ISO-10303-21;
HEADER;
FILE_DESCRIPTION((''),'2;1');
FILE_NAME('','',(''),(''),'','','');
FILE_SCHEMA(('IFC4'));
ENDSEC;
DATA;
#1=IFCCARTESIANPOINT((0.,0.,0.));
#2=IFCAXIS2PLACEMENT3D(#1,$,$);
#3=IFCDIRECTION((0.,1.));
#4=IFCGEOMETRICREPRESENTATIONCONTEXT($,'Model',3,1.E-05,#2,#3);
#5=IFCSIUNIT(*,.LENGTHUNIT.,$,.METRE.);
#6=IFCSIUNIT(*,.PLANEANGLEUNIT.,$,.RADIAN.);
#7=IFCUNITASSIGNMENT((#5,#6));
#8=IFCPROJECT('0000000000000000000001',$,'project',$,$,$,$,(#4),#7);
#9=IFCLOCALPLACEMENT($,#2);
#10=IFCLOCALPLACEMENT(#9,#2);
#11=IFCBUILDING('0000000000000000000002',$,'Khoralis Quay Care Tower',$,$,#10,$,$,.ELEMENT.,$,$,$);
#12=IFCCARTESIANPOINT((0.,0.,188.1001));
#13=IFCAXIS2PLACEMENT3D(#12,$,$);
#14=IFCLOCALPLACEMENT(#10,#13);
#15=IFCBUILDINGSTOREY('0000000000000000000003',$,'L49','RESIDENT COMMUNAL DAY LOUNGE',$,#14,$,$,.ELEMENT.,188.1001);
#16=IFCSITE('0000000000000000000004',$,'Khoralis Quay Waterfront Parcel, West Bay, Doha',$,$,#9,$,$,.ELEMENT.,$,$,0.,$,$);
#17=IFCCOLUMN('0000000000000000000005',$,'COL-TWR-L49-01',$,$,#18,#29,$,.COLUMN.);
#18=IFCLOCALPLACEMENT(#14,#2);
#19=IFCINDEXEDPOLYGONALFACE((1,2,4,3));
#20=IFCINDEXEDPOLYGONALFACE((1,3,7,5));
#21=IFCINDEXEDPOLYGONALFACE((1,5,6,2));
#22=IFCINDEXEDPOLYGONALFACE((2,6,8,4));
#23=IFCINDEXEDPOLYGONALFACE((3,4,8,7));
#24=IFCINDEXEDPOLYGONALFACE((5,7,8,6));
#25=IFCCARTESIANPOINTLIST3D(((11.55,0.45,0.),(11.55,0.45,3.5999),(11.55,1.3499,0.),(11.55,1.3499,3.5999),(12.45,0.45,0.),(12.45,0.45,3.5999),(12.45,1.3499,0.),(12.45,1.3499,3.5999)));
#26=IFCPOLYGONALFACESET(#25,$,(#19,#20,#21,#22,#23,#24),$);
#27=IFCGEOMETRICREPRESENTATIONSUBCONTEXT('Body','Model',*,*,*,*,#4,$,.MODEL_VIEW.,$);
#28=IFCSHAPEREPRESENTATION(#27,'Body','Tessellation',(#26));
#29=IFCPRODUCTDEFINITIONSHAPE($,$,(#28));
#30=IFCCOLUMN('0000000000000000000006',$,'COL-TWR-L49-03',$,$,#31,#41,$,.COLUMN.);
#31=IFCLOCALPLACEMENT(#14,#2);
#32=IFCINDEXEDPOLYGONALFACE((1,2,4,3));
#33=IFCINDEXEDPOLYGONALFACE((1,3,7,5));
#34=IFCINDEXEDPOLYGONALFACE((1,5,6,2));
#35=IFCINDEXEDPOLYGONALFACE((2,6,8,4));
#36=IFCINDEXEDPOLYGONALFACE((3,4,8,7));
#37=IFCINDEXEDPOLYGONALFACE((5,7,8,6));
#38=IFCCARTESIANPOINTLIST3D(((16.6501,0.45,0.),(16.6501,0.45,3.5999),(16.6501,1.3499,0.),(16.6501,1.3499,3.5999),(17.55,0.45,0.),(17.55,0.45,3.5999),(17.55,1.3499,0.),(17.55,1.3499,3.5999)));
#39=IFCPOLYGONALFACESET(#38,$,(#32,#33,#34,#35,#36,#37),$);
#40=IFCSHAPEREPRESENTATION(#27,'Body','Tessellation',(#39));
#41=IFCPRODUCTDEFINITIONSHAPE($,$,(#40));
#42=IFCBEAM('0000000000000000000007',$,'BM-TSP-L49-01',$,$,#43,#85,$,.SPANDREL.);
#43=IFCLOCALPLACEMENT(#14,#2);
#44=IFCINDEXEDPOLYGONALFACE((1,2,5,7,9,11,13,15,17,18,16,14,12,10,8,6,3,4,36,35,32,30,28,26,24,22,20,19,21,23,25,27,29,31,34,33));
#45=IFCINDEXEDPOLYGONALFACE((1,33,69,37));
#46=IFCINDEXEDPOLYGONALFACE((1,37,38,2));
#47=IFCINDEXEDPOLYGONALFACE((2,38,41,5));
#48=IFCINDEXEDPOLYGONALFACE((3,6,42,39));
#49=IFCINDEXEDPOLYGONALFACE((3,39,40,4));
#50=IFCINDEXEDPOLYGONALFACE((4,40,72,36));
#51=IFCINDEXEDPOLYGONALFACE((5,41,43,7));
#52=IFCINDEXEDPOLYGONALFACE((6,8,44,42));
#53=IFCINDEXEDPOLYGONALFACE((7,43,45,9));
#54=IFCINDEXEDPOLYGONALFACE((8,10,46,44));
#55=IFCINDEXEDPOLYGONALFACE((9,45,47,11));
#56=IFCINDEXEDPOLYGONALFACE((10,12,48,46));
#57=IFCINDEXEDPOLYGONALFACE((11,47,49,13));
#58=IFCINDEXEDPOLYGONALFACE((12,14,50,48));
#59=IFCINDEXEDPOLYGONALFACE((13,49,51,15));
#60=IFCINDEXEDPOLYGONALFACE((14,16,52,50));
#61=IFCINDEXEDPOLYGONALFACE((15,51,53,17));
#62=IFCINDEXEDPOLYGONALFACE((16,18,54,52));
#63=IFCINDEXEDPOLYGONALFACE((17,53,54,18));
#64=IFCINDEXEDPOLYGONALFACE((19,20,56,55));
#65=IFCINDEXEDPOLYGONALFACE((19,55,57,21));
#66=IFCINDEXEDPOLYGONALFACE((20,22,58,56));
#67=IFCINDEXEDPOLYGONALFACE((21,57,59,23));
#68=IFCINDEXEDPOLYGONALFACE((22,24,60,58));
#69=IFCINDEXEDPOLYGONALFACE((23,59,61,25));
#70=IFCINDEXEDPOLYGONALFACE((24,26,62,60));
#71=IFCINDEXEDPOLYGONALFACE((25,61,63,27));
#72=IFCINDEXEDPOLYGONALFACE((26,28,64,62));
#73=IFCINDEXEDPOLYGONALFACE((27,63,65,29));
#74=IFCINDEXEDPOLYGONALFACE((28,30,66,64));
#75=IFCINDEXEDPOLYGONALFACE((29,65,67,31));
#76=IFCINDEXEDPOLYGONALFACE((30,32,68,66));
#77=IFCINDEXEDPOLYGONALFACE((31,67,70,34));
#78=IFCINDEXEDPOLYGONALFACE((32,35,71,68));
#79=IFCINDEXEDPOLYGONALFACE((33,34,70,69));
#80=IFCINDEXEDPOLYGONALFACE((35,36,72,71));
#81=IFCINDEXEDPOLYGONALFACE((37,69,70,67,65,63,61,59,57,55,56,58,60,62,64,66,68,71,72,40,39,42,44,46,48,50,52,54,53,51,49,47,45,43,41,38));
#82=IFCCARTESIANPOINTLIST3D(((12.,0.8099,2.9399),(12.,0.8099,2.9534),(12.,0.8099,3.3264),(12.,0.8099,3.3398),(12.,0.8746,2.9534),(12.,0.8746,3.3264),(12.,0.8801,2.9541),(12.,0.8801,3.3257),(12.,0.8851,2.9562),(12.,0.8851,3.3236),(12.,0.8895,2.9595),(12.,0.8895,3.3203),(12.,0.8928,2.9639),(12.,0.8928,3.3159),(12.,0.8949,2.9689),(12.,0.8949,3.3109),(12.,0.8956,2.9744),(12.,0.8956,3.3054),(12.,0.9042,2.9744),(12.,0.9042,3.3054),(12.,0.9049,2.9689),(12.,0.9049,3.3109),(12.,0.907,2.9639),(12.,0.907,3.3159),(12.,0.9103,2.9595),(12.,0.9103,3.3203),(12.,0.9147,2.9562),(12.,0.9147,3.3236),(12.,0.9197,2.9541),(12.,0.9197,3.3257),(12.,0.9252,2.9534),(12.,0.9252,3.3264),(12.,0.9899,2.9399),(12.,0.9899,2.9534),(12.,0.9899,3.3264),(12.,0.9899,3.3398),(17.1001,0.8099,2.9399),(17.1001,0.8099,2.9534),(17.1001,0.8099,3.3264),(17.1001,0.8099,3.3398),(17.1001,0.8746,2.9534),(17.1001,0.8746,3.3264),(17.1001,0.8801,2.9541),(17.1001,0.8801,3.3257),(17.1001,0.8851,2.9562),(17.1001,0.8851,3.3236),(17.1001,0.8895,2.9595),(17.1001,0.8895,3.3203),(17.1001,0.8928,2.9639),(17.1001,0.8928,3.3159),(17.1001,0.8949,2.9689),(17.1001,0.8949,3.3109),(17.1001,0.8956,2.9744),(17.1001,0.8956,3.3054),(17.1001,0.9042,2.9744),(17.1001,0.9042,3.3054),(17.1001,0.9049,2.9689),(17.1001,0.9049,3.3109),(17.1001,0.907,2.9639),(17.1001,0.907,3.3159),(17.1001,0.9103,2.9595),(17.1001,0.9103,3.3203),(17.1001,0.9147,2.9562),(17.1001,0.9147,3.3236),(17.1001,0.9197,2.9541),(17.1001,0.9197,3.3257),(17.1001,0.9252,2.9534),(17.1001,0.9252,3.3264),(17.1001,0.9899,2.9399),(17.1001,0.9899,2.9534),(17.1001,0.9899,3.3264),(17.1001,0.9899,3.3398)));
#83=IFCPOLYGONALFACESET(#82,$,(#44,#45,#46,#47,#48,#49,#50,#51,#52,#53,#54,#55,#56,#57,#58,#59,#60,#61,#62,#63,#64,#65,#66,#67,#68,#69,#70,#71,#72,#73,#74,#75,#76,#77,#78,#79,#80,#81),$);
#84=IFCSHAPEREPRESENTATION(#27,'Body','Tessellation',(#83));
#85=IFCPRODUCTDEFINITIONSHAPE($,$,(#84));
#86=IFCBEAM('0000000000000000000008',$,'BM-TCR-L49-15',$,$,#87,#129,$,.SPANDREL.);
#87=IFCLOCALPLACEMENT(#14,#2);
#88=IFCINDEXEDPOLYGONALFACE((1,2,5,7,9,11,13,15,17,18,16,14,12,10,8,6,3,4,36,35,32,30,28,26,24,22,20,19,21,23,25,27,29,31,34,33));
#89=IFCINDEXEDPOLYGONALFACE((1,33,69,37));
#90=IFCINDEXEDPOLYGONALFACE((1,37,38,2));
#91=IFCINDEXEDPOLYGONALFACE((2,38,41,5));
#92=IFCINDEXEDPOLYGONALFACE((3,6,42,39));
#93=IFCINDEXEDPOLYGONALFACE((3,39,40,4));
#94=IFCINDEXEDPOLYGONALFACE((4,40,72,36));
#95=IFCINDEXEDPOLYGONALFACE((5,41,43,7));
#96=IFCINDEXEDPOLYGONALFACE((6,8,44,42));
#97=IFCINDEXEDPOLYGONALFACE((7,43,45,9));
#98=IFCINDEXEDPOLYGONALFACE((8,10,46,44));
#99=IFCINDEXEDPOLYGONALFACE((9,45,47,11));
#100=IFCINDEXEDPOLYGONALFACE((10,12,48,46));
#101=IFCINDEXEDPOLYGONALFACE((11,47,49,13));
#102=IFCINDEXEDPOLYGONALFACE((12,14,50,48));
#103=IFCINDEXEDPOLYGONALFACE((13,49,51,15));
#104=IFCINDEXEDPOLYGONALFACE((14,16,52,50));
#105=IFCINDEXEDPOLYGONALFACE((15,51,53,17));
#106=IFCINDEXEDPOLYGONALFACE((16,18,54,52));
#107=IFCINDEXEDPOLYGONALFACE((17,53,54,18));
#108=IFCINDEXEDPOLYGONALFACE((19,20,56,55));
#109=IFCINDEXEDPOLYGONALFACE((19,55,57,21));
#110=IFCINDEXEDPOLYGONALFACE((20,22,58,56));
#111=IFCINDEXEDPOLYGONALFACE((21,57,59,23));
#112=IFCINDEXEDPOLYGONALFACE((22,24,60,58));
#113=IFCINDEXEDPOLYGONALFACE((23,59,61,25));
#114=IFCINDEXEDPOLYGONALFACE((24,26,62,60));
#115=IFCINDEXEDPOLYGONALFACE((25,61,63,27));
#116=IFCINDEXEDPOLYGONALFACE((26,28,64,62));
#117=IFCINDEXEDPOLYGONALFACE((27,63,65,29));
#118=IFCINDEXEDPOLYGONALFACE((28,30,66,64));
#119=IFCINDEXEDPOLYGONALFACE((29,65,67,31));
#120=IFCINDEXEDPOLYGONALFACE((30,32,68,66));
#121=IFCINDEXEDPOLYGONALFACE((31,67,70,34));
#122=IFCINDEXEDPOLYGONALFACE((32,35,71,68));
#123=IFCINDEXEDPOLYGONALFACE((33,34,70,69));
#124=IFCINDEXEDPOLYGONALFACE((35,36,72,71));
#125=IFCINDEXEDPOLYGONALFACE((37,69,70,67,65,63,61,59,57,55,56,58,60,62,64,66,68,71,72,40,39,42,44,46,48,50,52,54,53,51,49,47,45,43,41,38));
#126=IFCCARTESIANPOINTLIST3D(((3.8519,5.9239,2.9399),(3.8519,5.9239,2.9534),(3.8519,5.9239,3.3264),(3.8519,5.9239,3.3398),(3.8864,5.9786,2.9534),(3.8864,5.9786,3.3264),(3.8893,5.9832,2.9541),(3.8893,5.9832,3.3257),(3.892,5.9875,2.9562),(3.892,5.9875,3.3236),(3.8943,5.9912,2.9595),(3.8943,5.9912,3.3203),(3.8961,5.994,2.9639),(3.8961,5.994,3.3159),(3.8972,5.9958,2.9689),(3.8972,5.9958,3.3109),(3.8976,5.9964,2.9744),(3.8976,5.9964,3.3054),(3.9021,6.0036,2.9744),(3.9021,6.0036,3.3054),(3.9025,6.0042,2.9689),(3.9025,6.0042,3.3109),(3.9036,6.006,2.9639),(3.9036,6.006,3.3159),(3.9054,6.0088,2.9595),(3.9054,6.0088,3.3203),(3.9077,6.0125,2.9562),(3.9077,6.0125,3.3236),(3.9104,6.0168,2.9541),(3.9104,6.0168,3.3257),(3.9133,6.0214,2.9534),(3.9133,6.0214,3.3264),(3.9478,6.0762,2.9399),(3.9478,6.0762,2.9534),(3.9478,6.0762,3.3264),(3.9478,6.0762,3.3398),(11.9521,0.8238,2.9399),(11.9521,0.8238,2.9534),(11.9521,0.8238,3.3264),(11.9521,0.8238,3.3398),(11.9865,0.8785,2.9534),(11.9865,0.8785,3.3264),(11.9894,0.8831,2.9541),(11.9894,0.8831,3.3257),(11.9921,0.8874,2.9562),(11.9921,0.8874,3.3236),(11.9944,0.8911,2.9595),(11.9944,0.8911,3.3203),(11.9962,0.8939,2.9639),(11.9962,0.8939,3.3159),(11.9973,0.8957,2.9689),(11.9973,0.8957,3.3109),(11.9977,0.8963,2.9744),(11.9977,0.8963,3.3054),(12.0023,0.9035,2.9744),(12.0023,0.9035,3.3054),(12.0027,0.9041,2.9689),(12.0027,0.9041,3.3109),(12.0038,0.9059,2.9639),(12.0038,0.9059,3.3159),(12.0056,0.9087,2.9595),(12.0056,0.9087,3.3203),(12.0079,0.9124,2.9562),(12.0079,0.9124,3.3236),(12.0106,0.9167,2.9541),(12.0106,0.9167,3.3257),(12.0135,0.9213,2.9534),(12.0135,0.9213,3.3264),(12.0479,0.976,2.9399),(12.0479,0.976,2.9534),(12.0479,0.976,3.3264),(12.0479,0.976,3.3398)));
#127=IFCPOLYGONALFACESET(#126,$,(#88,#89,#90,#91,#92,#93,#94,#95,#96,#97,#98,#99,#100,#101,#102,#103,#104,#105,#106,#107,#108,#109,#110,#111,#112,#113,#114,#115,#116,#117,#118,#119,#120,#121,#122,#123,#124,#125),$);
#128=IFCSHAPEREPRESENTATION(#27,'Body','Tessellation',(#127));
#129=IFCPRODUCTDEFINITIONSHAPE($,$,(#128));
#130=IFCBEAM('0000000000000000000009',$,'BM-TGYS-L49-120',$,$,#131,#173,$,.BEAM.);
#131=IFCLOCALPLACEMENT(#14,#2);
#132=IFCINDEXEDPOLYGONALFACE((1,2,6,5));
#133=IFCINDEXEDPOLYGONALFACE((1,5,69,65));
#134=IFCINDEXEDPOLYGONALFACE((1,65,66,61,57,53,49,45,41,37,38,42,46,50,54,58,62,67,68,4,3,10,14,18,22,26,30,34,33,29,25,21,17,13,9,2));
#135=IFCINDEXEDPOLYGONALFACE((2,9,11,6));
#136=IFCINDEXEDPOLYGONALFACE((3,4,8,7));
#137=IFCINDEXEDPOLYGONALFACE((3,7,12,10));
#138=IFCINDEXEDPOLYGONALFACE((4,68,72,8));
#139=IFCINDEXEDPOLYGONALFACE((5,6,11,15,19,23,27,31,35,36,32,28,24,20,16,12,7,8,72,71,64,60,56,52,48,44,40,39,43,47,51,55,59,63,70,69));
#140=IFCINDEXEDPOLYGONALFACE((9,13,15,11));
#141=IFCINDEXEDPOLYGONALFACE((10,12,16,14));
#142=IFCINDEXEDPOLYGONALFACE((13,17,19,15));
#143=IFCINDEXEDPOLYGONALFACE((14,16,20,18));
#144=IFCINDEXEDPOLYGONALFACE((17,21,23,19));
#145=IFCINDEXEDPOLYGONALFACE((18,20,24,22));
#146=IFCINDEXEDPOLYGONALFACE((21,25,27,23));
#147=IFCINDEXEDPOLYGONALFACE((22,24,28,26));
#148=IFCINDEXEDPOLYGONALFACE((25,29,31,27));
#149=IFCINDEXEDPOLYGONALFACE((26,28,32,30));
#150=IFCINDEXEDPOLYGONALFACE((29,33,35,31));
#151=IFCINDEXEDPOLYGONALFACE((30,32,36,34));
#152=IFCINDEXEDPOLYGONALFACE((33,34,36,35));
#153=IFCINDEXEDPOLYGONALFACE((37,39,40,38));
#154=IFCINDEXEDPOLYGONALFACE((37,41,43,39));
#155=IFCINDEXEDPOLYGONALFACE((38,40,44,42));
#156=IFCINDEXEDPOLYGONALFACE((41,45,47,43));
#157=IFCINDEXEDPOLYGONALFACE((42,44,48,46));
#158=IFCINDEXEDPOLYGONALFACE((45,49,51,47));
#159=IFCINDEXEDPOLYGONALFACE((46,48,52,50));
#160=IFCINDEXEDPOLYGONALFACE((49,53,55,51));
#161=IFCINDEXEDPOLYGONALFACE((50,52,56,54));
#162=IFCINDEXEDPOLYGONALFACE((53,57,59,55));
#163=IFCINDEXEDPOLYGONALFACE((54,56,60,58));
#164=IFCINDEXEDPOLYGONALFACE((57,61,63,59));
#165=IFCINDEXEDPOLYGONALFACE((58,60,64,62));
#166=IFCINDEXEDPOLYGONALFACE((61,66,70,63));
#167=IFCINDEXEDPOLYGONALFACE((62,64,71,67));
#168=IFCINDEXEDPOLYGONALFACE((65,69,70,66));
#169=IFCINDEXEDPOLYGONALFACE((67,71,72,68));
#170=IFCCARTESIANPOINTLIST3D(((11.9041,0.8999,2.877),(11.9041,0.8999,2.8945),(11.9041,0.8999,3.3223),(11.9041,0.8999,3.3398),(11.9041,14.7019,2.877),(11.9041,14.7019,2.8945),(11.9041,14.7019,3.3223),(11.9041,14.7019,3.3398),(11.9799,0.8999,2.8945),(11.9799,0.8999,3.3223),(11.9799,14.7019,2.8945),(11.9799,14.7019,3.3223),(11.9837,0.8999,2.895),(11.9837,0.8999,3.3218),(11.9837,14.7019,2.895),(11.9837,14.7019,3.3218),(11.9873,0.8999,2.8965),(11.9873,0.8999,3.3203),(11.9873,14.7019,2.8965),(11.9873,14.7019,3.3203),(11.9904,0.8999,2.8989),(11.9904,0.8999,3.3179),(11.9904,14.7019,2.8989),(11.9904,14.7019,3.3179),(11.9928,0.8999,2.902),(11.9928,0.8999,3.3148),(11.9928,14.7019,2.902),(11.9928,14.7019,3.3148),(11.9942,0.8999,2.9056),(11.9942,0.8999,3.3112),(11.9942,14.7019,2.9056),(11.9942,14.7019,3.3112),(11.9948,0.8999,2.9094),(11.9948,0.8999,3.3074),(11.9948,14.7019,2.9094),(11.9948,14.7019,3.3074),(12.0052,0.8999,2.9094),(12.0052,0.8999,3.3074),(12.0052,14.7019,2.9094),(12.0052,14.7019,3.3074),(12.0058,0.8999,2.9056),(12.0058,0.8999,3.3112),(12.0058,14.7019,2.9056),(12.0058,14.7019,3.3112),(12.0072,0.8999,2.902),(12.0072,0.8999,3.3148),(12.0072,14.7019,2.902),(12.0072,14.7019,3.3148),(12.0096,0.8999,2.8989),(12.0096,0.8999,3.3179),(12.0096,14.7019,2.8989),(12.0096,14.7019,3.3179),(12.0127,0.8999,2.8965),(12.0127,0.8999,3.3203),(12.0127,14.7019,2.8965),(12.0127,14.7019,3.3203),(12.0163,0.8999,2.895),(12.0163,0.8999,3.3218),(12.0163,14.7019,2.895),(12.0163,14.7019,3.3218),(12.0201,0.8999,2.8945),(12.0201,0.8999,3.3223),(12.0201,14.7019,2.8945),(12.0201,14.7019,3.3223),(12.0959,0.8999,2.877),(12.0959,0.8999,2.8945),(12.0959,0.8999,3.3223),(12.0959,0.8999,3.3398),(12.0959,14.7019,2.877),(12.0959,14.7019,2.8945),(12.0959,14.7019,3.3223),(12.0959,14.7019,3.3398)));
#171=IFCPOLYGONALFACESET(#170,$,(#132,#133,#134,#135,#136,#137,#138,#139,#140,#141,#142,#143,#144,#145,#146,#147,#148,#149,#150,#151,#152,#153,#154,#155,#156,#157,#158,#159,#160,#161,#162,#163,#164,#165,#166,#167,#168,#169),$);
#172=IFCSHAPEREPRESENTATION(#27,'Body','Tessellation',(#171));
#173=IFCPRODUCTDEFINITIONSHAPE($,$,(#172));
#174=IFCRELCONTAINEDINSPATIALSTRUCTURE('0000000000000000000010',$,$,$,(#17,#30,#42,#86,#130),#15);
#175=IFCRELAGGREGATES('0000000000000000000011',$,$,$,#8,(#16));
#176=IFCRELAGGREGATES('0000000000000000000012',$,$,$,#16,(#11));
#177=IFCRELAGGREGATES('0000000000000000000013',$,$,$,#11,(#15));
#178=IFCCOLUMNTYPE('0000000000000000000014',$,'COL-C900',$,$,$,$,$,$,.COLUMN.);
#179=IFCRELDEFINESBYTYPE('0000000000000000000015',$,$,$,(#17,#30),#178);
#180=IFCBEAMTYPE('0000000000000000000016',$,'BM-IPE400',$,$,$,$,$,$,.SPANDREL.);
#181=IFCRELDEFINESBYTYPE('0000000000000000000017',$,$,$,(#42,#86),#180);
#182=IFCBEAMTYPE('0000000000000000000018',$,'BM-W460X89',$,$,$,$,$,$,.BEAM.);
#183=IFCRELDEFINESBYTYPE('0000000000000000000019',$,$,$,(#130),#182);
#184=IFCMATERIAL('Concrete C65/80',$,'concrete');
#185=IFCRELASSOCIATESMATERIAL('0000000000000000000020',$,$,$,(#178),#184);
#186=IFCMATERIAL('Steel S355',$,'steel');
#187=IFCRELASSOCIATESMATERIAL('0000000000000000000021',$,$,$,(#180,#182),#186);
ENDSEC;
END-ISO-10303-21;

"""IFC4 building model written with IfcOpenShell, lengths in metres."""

from ifc_helpers import new_model, si_unit, direction, frame, origin, origin_2d, place, context, subcontext, project, spatial, rectangle, i_section, extrude, source, transform, mapped, material, material_profile, profile_set, type_object, element, save


model = new_model("IFC4")

# Units and contexts
model_context = context("Model", 3, precision=1e-05, world=origin(), true_north=direction((0.0, 1.0)))
body_context = subcontext(model_context, "Body", "Model", "MODEL_VIEW")
ifc_project = project(units=[si_unit("LENGTHUNIT", "METRE"), si_unit("PLANEANGLEUNIT", "RADIAN")], contexts=[model_context])

# Site, building, storey
site_placement = place(None, origin())
site = spatial("IfcSite", under=ifc_project, at=site_placement, Name="Khoralis Quay Waterfront Parcel, West Bay, Doha", CompositionType="ELEMENT", RefElevation=0.0)
building_placement = place(site_placement, origin())
building = spatial("IfcBuilding", under=site, at=building_placement, Name="Khoralis Quay Care Tower", CompositionType="ELEMENT")
storey_placement = place(building_placement, frame((0.0, 0.0, 188.1001)))
storey = spatial("IfcBuildingStorey", under=building, at=storey_placement, Name="L49", Description="RESIDENT COMMUNAL DAY LOUNGE", CompositionType="ELEMENT", Elevation=188.1001)

# Columns
ifc_material_1 = material(Name="Concrete C65/80", Category="concrete")
ifc_material_profile_1 = material_profile(ifc_material_1, rectangle(XDim=0.8999, YDim=0.8999, at=origin_2d()), Name="Concrete C65/80")
ifc_profile_set_1 = profile_set([ifc_material_profile_1], Name="Concrete C65/80")
column_type = type_object("IfcColumnType", Name="COL-C900", PredefinedType="COLUMN", material=ifc_profile_set_1)
shared_shape_1 = source(origin(), body_context, "Body", "SweptSolid", [
    extrude(rectangle(XDim=0.8999, YDim=0.8999, at=origin_2d()), origin(), (0.0, 0.0, 1.0), 3.5999),
])
for number, where, z_axis, x_axis, name in (
    (1, (12.0, 0.8999, 0.0), (0.0, 0.0, 1.0), (1.0, 0.0, 0.0), "COL-TWR-L49-01"),
    (2, (17.1001, 0.8999, 0.0), (0.0, 0.0, 1.0), (1.0, 0.0, 0.0), "COL-TWR-L49-03"),
):
    element("IfcColumn", number, at=place(storey_placement, frame(where, z_axis=z_axis, x_axis=x_axis)), inside=storey, type_object=column_type, Name=name, PredefinedType="COLUMN", context=body_context, shape_type="MappedRepresentation", body=[
        mapped(shared_shape_1, transform((0.0, 0.0, 0.0), scale=1.0)),
    ])

# Beams
ifc_material_2 = material(Name="Steel S355", Category="steel")
ifc_material_profile_2 = material_profile(ifc_material_2, i_section(OverallWidth=0.1799, OverallDepth=0.3999, WebThickness=0.0085, FlangeThickness=0.0134, FilletRadius=0.021, at=origin_2d()), Name="Steel S355")
ifc_profile_set_2 = profile_set([ifc_material_profile_2], Name="Steel S355")
beam_type_1 = type_object("IfcBeamType", Name="BM-IPE400", PredefinedType="SPANDREL", material=ifc_profile_set_2)
shared_shape_2 = source(origin(), body_context, "Body", "SweptSolid", [
    extrude(i_section(OverallWidth=0.1799, OverallDepth=0.3999, WebThickness=0.0085, FlangeThickness=0.0134, FilletRadius=0.021, at=origin_2d()), origin(), (0.0, 0.0, 1.0), 5.1001),
])
beam_1_placement = place(storey_placement, frame((12.0, 0.8999, 3.1399), z_axis=(1.0, 0.0, 0.0), x_axis=(0.0, 1.0, 0.0)))
element("IfcBeam", 3, at=beam_1_placement, inside=storey, type_object=beam_type_1, Name="BM-TSP-L49-01", PredefinedType="SPANDREL", context=body_context, shape_type="MappedRepresentation", body=[
    mapped(shared_shape_2, transform((0.0, 0.0, 0.0), scale=1.0)),
])
shared_shape_3 = source(origin(), body_context, "Body", "SweptSolid", [
    extrude(i_section(OverallWidth=0.1799, OverallDepth=0.3999, WebThickness=0.0085, FlangeThickness=0.0134, FilletRadius=0.021, at=origin_2d()), origin(), (0.0, 0.0, 1.0), 9.572),
])
beam_2_placement = place(storey_placement, frame((12.0, 0.8999, 3.1399), z_axis=(-0.846231, 0.532816, 0.0), x_axis=(-0.532816, -0.846231, 0.0)))
element("IfcBeam", 4, at=beam_2_placement, inside=storey, type_object=beam_type_1, Name="BM-TCR-L49-15", PredefinedType="SPANDREL", context=body_context, shape_type="MappedRepresentation", body=[
    mapped(shared_shape_3, transform((0.0, 0.0, 0.0), scale=1.0)),
])
ifc_material_profile_3 = material_profile(ifc_material_2, i_section(OverallWidth=0.1919, OverallDepth=0.4629, WebThickness=0.0105, FlangeThickness=0.0176, FilletRadius=0.0149, at=origin_2d()), Name="Steel S355")
ifc_profile_set_3 = profile_set([ifc_material_profile_3], Name="Steel S355")
beam_type_2 = type_object("IfcBeamType", Name="BM-W460X89", PredefinedType="BEAM", material=ifc_profile_set_3)
shared_shape_4 = source(origin(), body_context, "Body", "SweptSolid", [
    extrude(i_section(OverallWidth=0.1919, OverallDepth=0.4629, WebThickness=0.0105, FlangeThickness=0.0176, FilletRadius=0.0149, at=origin_2d()), origin(), (0.0, 0.0, 1.0), 13.802),
])
beam_3_placement = place(storey_placement, frame((12.0, 0.8999, 3.1084), z_axis=(0.0, 1.0, 0.0), x_axis=(-1.0, 0.0, 0.0)))
element("IfcBeam", 5, at=beam_3_placement, inside=storey, type_object=beam_type_2, Name="BM-TGYS-L49-120", PredefinedType="BEAM", context=body_context, shape_type="MappedRepresentation", body=[
    mapped(shared_shape_4, transform((0.0, 0.0, 0.0), scale=1.0)),
])

save(model, "model.ifc")
